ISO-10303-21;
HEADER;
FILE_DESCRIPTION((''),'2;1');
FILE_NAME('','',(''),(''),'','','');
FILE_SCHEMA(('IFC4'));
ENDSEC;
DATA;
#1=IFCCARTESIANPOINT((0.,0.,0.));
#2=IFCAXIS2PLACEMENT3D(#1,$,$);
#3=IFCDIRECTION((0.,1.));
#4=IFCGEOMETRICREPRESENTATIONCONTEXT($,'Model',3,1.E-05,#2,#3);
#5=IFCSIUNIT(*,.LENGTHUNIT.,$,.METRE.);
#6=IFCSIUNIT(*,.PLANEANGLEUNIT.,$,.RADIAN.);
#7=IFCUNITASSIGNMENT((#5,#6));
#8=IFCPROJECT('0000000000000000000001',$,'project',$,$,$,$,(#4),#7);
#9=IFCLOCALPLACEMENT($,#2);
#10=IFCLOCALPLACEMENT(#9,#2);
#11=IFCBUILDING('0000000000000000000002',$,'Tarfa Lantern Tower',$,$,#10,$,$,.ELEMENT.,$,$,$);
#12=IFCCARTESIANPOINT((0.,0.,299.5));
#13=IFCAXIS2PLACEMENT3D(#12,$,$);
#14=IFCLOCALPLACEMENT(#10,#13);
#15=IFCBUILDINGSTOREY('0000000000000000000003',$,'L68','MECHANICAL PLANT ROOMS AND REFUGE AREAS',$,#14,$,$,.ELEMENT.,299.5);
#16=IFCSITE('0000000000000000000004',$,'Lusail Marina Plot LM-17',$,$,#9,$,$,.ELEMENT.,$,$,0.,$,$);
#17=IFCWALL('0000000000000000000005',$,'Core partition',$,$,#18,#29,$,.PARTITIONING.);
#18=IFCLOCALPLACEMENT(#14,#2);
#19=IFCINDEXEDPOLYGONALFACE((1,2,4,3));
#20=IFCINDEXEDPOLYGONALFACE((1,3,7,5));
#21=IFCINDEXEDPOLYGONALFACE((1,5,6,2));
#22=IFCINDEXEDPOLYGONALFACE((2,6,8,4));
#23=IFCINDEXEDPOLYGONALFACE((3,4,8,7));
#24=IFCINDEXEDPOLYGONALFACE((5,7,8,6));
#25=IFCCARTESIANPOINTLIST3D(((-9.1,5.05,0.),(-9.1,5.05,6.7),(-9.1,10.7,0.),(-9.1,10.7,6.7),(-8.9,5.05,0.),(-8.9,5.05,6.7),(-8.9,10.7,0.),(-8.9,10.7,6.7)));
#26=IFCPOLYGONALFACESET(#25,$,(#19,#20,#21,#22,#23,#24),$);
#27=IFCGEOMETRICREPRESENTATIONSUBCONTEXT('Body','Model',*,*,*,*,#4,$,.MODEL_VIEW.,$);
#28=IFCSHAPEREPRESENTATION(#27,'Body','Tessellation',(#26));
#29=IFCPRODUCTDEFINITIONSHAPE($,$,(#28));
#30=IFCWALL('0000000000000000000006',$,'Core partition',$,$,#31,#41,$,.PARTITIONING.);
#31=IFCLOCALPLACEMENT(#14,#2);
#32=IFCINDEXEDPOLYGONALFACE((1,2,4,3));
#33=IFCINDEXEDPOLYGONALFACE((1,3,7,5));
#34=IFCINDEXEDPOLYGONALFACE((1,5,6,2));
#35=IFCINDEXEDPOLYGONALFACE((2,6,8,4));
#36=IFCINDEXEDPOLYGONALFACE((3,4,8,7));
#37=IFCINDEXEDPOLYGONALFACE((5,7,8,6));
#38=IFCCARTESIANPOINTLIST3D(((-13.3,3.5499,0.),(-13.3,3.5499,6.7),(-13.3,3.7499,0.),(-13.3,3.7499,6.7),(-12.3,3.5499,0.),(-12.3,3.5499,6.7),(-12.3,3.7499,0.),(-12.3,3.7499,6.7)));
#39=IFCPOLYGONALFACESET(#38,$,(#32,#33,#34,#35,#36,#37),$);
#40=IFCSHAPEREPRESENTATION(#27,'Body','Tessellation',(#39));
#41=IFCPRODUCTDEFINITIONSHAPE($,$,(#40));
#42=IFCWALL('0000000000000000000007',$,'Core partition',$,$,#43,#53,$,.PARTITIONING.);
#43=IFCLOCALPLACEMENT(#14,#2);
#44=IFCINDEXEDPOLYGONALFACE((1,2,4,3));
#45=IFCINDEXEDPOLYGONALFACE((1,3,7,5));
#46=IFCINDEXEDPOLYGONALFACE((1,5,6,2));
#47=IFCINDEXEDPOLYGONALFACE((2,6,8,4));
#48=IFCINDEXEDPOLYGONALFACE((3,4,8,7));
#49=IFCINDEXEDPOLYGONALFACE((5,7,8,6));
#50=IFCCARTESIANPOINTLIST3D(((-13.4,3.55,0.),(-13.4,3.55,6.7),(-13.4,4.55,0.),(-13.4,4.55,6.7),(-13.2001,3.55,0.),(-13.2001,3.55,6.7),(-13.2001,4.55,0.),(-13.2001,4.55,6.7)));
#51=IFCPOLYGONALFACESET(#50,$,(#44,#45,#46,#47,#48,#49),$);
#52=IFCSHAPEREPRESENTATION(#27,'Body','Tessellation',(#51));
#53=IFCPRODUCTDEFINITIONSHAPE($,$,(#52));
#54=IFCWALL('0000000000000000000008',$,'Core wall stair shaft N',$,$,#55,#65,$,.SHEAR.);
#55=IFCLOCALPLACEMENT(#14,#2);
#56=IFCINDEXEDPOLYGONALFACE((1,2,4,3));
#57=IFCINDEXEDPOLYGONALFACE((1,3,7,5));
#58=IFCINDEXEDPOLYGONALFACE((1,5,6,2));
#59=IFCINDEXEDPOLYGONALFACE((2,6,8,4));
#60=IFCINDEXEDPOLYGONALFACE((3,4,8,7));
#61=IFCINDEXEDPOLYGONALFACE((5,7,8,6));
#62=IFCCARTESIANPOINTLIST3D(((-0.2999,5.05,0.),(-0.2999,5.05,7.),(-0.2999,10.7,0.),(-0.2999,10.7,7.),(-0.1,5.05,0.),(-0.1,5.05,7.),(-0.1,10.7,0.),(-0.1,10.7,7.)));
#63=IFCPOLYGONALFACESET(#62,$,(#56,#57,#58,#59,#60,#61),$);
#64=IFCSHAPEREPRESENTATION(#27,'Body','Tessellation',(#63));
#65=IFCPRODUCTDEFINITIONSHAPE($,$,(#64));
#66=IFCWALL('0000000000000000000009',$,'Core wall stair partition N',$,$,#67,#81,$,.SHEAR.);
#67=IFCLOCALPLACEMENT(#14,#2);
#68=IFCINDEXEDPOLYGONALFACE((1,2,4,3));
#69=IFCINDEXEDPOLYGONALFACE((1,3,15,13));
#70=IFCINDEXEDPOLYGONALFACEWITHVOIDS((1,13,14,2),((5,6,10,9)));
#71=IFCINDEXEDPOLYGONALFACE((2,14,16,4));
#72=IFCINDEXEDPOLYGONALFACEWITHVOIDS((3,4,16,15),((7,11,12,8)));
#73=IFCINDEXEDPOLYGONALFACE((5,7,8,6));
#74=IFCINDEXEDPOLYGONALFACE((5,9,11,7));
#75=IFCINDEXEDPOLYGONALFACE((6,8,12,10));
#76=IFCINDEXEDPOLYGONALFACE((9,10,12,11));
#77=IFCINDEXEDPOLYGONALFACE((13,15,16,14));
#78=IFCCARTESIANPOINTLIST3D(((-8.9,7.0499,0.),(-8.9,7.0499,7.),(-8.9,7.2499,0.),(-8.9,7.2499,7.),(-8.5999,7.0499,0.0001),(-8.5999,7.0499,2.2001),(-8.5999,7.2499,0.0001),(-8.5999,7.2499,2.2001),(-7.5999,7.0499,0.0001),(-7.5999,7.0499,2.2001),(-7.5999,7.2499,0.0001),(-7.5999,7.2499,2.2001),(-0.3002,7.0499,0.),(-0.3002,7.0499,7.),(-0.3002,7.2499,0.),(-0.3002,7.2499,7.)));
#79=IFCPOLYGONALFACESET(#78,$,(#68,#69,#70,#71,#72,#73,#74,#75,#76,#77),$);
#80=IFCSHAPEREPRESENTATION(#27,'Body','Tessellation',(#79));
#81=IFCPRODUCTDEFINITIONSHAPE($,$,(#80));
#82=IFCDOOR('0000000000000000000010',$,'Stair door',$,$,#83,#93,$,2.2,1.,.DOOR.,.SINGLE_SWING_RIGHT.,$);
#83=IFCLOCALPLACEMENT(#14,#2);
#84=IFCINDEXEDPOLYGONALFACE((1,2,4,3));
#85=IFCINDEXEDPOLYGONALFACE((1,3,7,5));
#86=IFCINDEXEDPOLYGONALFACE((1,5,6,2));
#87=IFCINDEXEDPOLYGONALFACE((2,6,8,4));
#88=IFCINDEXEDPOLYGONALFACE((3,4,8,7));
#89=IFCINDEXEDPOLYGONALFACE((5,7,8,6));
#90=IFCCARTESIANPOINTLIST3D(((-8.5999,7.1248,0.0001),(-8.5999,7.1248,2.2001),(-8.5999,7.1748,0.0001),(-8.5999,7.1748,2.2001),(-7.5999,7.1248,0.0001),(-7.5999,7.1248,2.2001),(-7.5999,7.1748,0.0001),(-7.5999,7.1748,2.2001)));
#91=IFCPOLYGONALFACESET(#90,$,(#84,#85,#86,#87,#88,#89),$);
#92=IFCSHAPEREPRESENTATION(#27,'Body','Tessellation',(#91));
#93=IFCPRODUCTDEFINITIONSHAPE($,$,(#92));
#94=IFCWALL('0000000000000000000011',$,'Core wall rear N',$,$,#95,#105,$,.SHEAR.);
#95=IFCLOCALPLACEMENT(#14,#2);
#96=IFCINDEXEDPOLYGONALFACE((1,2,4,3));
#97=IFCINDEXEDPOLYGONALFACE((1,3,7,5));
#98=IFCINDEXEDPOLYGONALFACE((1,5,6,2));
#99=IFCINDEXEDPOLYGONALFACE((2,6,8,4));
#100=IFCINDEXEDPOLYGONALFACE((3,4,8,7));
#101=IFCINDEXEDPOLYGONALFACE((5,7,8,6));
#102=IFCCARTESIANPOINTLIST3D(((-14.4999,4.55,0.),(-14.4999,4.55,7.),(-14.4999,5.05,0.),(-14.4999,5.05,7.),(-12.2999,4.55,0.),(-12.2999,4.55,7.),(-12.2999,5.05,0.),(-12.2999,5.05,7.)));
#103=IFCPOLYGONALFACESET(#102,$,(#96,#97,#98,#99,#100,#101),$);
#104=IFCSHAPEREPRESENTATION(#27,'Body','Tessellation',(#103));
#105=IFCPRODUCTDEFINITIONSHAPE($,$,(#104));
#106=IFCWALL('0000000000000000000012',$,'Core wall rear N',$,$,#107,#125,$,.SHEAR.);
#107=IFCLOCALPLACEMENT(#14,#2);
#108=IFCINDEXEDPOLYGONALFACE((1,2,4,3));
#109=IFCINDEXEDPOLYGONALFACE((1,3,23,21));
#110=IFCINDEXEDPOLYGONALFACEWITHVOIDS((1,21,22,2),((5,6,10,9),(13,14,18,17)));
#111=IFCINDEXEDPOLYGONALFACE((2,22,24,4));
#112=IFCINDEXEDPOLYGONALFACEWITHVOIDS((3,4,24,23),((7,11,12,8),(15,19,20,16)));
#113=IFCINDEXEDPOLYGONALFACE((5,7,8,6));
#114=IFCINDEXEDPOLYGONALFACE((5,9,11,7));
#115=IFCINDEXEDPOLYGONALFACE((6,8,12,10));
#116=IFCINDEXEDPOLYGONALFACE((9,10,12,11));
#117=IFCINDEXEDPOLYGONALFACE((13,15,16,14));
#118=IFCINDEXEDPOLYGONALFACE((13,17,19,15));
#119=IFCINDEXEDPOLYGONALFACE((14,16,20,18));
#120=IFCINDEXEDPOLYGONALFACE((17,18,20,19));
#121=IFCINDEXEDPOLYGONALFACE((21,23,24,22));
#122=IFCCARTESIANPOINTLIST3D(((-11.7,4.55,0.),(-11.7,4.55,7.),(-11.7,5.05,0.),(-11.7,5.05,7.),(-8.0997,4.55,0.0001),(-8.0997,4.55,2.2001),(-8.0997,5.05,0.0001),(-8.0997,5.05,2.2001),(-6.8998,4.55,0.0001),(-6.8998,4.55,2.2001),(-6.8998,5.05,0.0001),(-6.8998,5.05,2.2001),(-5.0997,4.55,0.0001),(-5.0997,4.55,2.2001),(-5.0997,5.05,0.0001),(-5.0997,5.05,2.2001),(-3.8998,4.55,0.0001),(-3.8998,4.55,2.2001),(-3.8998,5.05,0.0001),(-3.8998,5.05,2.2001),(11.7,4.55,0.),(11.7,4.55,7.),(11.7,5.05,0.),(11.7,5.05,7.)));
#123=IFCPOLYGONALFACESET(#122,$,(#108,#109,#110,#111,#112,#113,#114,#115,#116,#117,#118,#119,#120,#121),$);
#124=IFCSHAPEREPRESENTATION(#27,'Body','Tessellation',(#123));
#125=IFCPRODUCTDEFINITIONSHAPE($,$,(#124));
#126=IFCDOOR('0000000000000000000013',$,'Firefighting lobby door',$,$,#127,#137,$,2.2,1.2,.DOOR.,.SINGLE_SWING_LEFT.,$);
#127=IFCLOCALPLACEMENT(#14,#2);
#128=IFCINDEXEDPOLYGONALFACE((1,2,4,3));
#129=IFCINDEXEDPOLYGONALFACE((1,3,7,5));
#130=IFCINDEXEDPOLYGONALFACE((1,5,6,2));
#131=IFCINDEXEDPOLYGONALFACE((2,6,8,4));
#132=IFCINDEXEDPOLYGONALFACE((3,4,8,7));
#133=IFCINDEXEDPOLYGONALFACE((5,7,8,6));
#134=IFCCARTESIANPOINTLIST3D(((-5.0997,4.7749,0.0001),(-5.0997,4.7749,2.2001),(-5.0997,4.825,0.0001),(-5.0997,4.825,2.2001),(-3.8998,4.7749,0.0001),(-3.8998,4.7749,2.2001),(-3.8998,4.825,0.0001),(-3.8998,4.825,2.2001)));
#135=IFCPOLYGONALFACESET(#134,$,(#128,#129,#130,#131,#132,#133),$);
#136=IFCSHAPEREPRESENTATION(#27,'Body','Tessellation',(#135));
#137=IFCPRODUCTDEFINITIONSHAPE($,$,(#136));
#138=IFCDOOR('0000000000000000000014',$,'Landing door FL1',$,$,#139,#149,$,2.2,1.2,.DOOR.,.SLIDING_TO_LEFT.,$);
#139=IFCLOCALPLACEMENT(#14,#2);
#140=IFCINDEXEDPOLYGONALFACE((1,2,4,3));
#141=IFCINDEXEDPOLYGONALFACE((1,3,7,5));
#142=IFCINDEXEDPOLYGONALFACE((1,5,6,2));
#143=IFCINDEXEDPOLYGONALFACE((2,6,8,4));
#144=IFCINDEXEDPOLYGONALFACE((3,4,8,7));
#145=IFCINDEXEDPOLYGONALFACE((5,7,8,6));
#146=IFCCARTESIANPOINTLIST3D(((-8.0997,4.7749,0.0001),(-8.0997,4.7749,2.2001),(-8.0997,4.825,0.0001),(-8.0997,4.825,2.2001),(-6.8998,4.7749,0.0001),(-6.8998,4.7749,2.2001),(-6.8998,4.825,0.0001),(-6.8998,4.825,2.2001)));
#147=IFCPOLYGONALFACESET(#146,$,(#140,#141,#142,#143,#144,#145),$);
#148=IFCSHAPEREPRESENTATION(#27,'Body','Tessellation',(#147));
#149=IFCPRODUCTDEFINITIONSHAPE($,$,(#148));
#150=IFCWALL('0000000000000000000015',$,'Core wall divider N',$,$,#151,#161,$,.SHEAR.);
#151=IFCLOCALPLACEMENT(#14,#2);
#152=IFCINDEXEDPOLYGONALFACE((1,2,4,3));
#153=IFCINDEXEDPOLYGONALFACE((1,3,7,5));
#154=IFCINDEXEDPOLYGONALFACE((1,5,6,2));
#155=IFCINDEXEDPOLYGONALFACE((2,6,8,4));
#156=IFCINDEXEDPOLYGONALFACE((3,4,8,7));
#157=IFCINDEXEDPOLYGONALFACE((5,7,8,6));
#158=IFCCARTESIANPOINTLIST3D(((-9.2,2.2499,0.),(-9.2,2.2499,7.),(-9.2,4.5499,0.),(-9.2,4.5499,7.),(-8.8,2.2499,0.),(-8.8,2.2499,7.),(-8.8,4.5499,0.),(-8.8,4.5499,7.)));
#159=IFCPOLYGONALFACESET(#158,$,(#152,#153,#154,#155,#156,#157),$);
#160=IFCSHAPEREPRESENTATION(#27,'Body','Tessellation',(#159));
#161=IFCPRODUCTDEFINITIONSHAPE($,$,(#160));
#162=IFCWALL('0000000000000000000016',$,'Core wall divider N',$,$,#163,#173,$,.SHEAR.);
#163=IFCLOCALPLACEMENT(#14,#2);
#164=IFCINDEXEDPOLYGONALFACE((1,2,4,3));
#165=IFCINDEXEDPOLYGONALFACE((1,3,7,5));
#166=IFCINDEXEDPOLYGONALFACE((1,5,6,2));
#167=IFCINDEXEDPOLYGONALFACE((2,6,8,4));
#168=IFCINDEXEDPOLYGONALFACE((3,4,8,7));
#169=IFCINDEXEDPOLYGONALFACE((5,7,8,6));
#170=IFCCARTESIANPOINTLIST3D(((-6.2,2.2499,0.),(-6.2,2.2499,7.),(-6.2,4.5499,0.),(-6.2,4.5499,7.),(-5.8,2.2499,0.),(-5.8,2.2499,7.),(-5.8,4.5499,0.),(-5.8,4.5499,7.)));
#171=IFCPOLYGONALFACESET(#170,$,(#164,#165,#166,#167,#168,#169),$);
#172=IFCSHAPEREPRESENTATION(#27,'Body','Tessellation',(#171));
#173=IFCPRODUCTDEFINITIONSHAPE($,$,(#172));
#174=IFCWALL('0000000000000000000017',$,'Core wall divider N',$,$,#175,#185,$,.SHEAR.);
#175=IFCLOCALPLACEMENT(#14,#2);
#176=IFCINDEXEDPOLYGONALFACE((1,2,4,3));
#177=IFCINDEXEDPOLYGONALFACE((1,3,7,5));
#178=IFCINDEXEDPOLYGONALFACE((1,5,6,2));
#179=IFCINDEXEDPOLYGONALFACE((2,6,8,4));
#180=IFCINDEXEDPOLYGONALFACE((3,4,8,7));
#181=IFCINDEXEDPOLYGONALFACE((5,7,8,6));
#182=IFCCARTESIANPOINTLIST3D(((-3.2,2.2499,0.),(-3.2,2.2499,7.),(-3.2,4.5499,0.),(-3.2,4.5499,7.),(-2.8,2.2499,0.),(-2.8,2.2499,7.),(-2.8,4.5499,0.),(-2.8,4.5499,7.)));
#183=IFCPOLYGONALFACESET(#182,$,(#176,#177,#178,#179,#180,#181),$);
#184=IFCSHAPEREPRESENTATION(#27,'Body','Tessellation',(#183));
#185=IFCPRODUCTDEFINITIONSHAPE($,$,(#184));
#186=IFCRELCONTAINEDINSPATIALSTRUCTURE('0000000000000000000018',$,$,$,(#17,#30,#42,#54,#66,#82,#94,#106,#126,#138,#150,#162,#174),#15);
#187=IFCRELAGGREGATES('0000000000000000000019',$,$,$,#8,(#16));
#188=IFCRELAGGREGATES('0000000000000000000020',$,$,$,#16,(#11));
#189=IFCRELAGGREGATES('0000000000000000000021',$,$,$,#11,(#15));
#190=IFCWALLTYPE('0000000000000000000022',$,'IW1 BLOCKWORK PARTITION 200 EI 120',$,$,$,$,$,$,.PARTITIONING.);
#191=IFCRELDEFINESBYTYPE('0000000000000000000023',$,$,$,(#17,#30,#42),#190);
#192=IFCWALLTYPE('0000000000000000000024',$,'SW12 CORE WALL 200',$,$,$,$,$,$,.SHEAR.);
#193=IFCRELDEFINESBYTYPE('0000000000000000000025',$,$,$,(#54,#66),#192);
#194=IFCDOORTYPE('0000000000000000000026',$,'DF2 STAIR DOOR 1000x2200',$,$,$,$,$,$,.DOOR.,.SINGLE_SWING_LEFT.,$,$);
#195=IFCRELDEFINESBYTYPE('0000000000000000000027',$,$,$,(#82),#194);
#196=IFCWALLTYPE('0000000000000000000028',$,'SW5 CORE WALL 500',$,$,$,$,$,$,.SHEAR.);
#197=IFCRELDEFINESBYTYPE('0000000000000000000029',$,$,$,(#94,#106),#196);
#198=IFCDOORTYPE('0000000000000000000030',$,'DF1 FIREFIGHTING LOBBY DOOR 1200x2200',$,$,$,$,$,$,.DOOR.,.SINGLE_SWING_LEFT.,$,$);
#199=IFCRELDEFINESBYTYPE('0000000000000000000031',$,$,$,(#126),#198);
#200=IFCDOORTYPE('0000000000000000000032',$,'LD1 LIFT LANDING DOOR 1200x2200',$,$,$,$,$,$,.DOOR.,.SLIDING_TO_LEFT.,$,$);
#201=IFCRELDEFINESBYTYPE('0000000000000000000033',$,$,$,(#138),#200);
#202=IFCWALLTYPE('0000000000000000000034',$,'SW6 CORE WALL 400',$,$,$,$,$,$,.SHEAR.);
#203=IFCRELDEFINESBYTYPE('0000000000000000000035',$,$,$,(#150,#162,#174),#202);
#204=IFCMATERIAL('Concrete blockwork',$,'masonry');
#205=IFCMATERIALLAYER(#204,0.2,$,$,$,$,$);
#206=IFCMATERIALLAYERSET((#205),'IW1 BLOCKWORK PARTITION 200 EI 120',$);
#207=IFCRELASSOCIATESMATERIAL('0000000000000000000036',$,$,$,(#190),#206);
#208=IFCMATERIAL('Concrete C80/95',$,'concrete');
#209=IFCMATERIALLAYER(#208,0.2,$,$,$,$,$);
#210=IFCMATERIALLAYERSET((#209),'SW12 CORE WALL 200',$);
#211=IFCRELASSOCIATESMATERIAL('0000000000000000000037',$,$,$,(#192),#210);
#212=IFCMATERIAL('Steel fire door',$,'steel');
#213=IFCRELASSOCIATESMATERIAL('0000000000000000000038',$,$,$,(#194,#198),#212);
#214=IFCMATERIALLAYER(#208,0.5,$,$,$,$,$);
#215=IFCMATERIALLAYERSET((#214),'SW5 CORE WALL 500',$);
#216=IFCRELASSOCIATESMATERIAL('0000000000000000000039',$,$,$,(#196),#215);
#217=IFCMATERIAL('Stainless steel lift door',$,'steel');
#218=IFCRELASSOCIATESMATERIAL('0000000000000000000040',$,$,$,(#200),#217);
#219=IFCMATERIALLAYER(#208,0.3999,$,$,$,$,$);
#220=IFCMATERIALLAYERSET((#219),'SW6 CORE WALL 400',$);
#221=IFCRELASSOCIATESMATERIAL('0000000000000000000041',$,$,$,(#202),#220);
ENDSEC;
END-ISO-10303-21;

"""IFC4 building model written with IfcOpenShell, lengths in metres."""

from ifc_helpers import new_model, si_unit, direction, frame, frame_2d, origin, place, context, subcontext, project, spatial, rectangle, extrude, material, layer, layer_set, type_object, element, fill, save


model = new_model("IFC4")

# Units and contexts
model_context = context("Model", 3, precision=1e-05, world=origin(), true_north=direction((0.0, 1.0)))
body_context = subcontext(model_context, "Body", "Model", "MODEL_VIEW")
ifc_project = project(units=[si_unit("LENGTHUNIT", "METRE"), si_unit("PLANEANGLEUNIT", "RADIAN")], contexts=[model_context])

# Site, building, storey
site_placement = place(None, origin())
site = spatial("IfcSite", under=ifc_project, at=site_placement, Name="Lusail Marina Plot LM-17", CompositionType="ELEMENT", RefElevation=0.0)
building_placement = place(site_placement, origin())
building = spatial("IfcBuilding", under=site, at=building_placement, Name="Tarfa Lantern Tower", CompositionType="ELEMENT")
storey_placement = place(building_placement, frame((0.0, 0.0, 299.5)))
storey = spatial("IfcBuildingStorey", under=building, at=storey_placement, Name="L68", Description="MECHANICAL PLANT ROOMS AND REFUGE AREAS", CompositionType="ELEMENT", Elevation=299.5)

# Walls
ifc_material_1 = material(Name="Concrete blockwork", Category="masonry")
ifc_layer_1 = layer(ifc_material_1, 0.2)
ifc_layer_set_1 = layer_set([ifc_layer_1], Name="IW1 BLOCKWORK PARTITION 200 EI 120")
wall_type_1 = type_object("IfcWallType", Name="IW1 BLOCKWORK PARTITION 200 EI 120", PredefinedType="PARTITIONING", material=ifc_layer_set_1)
wall_1_placement = place(storey_placement, frame((-9.0, 5.05, 0.0), z_axis=(0.0, 0.0, 1.0), x_axis=(0.0, 1.0, 0.0)))
element("IfcWall", 1, at=wall_1_placement, inside=storey, type_object=wall_type_1, Name="Core partition", PredefinedType="PARTITIONING", context=body_context, shape_type="SweptSolid", body=[
    extrude(rectangle(XDim=5.6499, YDim=0.2, at=frame_2d((2.825, 0.0))), origin(), (0.0, 0.0, 1.0), 6.7),
])
for number, where, z_axis, x_axis, name in (
    (2, (-13.3, 3.6499, 0.0), (0.0, 0.0, 1.0), (1.0, 0.0, 0.0), "Core partition"),
    (3, (-13.3, 3.55, 0.0), (0.0, 0.0, 1.0), (0.0, 1.0, 0.0), "Core partition"),
):
    element("IfcWall", number, at=place(storey_placement, frame(where, z_axis=z_axis, x_axis=x_axis)), inside=storey, type_object=wall_type_1, Name=name, PredefinedType="PARTITIONING", context=body_context, shape_type="SweptSolid", body=[
        extrude(rectangle(XDim=1.0, YDim=0.2, at=frame_2d((0.5, 0.0))), origin(), (0.0, 0.0, 1.0), 6.7),
    ])
ifc_material_2 = material(Name="Concrete C80/95", Category="concrete")
ifc_layer_2 = layer(ifc_material_2, 0.2)
ifc_layer_set_2 = layer_set([ifc_layer_2], Name="SW12 CORE WALL 200")
wall_type_2 = type_object("IfcWallType", Name="SW12 CORE WALL 200", PredefinedType="SHEAR", material=ifc_layer_set_2)
wall_2_placement = place(storey_placement, frame((-0.2, 5.05, 0.0), z_axis=(0.0, 0.0, 1.0), x_axis=(0.0, 1.0, 0.0)))
element("IfcWall", 4, at=wall_2_placement, inside=storey, type_object=wall_type_2, Name="Core wall stair shaft N", PredefinedType="SHEAR", context=body_context, shape_type="SweptSolid", body=[
    extrude(rectangle(XDim=5.6499, YDim=0.2, at=frame_2d((2.825, 0.0))), origin(), (0.0, 0.0, 1.0), 7.0),
])

# Wall, opening, door
wall_3_placement = place(storey_placement, frame((-8.8999, 7.1499, 0.0), z_axis=(0.0, 0.0, 1.0), x_axis=(1.0, 0.0, 0.0)))
wall_3 = element("IfcWall", 5, at=wall_3_placement, inside=storey, type_object=wall_type_2, Name="Core wall stair partition N", PredefinedType="SHEAR", context=body_context, shape_type="SweptSolid", body=[
    extrude(rectangle(XDim=8.5999, YDim=0.2, at=frame_2d((4.2998, 0.0))), origin(), (0.0, 0.0, 1.0), 7.0),
])
opening_1_placement = place(wall_3_placement, frame((0.3, 0.0, 0.0)))
opening_1 = element("IfcOpeningElement", 6, at=opening_1_placement, cuts=wall_3, PredefinedType="OPENING", context=body_context, shape_type="SweptSolid", body=[
    extrude(rectangle(XDim=1.0, YDim=2.2, at=frame_2d((0.5, 1.1001))), frame((0.0, 0.1099, 0.0), z_axis=(0.0, -1.0, 0.0), x_axis=(1.0, 0.0, 0.0)), (0.0, 0.0, 1.0), 0.22),
])
ifc_material_3 = material(Name="Steel fire door", Category="steel")
door_type_1 = type_object("IfcDoorType", Name="DF2 STAIR DOOR 1000x2200", OperationType="SINGLE_SWING_LEFT", PredefinedType="DOOR", material=ifc_material_3)
door_1_placement = place(opening_1_placement, origin())
door_1 = element("IfcDoor", 7, at=door_1_placement, inside=storey, type_object=door_type_1, Name="Stair door", OperationType="SINGLE_SWING_RIGHT", OverallHeight=2.2, OverallWidth=1.0, PredefinedType="DOOR", context=body_context, shape_type="SweptSolid", body=[
    extrude(rectangle(XDim=1.0, YDim=2.2, at=frame_2d((0.5, 1.1001))), frame((0.0, 0.0249, 0.0), z_axis=(0.0, -1.0, 0.0), x_axis=(1.0, 0.0, 0.0)), (0.0, 0.0, 1.0), 0.05),
])
fill(opening_1, door_1)

# Wall
ifc_layer_3 = layer(ifc_material_2, 0.5)
ifc_layer_set_3 = layer_set([ifc_layer_3], Name="SW5 CORE WALL 500")
wall_type_3 = type_object("IfcWallType", Name="SW5 CORE WALL 500", PredefinedType="SHEAR", material=ifc_layer_set_3)
wall_4_placement = place(storey_placement, frame((-14.5, 4.8, 0.0), z_axis=(0.0, 0.0, 1.0), x_axis=(1.0, 0.0, 0.0)))
element("IfcWall", 8, at=wall_4_placement, inside=storey, type_object=wall_type_3, Name="Core wall rear N", PredefinedType="SHEAR", context=body_context, shape_type="SweptSolid", body=[
    extrude(rectangle(XDim=2.2, YDim=0.5, at=frame_2d((1.1001, 0.0))), origin(), (0.0, 0.0, 1.0), 7.0),
])

# Wall, openings, doors
wall_5_placement = place(storey_placement, frame((-11.7, 4.8, 0.0), z_axis=(0.0, 0.0, 1.0), x_axis=(1.0, 0.0, 0.0)))
wall_5 = element("IfcWall", 9, at=wall_5_placement, inside=storey, type_object=wall_type_3, Name="Core wall rear N", PredefinedType="SHEAR", context=body_context, shape_type="SweptSolid", body=[
    extrude(rectangle(XDim=23.3999, YDim=0.5, at=frame_2d((11.7, 0.0))), origin(), (0.0, 0.0, 1.0), 7.0),
])
opening_2_placement = place(wall_5_placement, frame((6.6001, 0.0, 0.0)))
opening_2 = element("IfcOpeningElement", 10, at=opening_2_placement, cuts=wall_5, PredefinedType="OPENING", context=body_context, shape_type="SweptSolid", body=[
    extrude(rectangle(XDim=1.2, YDim=2.2, at=frame_2d((0.6001, 1.1001))), frame((0.0, 0.26, 0.0), z_axis=(0.0, -1.0, 0.0), x_axis=(1.0, 0.0, 0.0)), (0.0, 0.0, 1.0), 0.52),
])
opening_3_placement = place(wall_5_placement, frame((3.6001, 0.0, 0.0)))
opening_3 = element("IfcOpeningElement", 11, at=opening_3_placement, cuts=wall_5, PredefinedType="OPENING", context=body_context, shape_type="SweptSolid", body=[
    extrude(rectangle(XDim=1.2, YDim=2.2, at=frame_2d((0.6001, 1.1001))), frame((0.0, 0.26, 0.0), z_axis=(0.0, -1.0, 0.0), x_axis=(1.0, 0.0, 0.0)), (0.0, 0.0, 1.0), 0.52),
])
door_type_2 = type_object("IfcDoorType", Name="DF1 FIREFIGHTING LOBBY DOOR 1200x2200", OperationType="SINGLE_SWING_LEFT", PredefinedType="DOOR", material=ifc_material_3)
door_2_placement = place(opening_2_placement, origin())
door_2 = element("IfcDoor", 12, at=door_2_placement, inside=storey, type_object=door_type_2, Name="Firefighting lobby door", OperationType="SINGLE_SWING_LEFT", OverallHeight=2.2, OverallWidth=1.2, PredefinedType="DOOR", context=body_context, shape_type="SweptSolid", body=[
    extrude(rectangle(XDim=1.2, YDim=2.2, at=frame_2d((0.6001, 1.1001))), frame((0.0, 0.0249, 0.0), z_axis=(0.0, -1.0, 0.0), x_axis=(1.0, 0.0, 0.0)), (0.0, 0.0, 1.0), 0.05),
])
fill(opening_2, door_2)
ifc_material_4 = material(Name="Stainless steel lift door", Category="steel")
door_type_3 = type_object("IfcDoorType", Name="LD1 LIFT LANDING DOOR 1200x2200", OperationType="SLIDING_TO_LEFT", PredefinedType="DOOR", material=ifc_material_4)
door_3_placement = place(opening_3_placement, origin())
door_3 = element("IfcDoor", 13, at=door_3_placement, inside=storey, type_object=door_type_3, Name="Landing door FL1", OperationType="SLIDING_TO_LEFT", OverallHeight=2.2, OverallWidth=1.2, PredefinedType="DOOR", context=body_context, shape_type="SweptSolid", body=[
    extrude(rectangle(XDim=1.2, YDim=2.2, at=frame_2d((0.6001, 1.1001))), frame((0.0, 0.0249, 0.0), z_axis=(0.0, -1.0, 0.0), x_axis=(1.0, 0.0, 0.0)), (0.0, 0.0, 1.0), 0.05),
])
fill(opening_3, door_3)

# Walls
ifc_layer_4 = layer(ifc_material_2, 0.3999)
ifc_layer_set_4 = layer_set([ifc_layer_4], Name="SW6 CORE WALL 400")
wall_type_4 = type_object("IfcWallType", Name="SW6 CORE WALL 400", PredefinedType="SHEAR", material=ifc_layer_set_4)
for number, where, z_axis, x_axis, name in (
    (14, (-9.0, 2.25, 0.0), (0.0, 0.0, 1.0), (0.0, 1.0, 0.0), "Core wall divider N"),
    (15, (-6.0, 2.25, 0.0), (0.0, 0.0, 1.0), (0.0, 1.0, 0.0), "Core wall divider N"),
    (16, (-3.0, 2.25, 0.0), (0.0, 0.0, 1.0), (0.0, 1.0, 0.0), "Core wall divider N"),
):
    element("IfcWall", number, at=place(storey_placement, frame(where, z_axis=z_axis, x_axis=x_axis)), inside=storey, type_object=wall_type_4, Name=name, PredefinedType="SHEAR", context=body_context, shape_type="SweptSolid", body=[
        extrude(rectangle(XDim=2.3, YDim=0.3999, at=frame_2d((1.1499, 0.0))), origin(), (0.0, 0.0, 1.0), 7.0),
    ])

save(model, "model.ifc")
